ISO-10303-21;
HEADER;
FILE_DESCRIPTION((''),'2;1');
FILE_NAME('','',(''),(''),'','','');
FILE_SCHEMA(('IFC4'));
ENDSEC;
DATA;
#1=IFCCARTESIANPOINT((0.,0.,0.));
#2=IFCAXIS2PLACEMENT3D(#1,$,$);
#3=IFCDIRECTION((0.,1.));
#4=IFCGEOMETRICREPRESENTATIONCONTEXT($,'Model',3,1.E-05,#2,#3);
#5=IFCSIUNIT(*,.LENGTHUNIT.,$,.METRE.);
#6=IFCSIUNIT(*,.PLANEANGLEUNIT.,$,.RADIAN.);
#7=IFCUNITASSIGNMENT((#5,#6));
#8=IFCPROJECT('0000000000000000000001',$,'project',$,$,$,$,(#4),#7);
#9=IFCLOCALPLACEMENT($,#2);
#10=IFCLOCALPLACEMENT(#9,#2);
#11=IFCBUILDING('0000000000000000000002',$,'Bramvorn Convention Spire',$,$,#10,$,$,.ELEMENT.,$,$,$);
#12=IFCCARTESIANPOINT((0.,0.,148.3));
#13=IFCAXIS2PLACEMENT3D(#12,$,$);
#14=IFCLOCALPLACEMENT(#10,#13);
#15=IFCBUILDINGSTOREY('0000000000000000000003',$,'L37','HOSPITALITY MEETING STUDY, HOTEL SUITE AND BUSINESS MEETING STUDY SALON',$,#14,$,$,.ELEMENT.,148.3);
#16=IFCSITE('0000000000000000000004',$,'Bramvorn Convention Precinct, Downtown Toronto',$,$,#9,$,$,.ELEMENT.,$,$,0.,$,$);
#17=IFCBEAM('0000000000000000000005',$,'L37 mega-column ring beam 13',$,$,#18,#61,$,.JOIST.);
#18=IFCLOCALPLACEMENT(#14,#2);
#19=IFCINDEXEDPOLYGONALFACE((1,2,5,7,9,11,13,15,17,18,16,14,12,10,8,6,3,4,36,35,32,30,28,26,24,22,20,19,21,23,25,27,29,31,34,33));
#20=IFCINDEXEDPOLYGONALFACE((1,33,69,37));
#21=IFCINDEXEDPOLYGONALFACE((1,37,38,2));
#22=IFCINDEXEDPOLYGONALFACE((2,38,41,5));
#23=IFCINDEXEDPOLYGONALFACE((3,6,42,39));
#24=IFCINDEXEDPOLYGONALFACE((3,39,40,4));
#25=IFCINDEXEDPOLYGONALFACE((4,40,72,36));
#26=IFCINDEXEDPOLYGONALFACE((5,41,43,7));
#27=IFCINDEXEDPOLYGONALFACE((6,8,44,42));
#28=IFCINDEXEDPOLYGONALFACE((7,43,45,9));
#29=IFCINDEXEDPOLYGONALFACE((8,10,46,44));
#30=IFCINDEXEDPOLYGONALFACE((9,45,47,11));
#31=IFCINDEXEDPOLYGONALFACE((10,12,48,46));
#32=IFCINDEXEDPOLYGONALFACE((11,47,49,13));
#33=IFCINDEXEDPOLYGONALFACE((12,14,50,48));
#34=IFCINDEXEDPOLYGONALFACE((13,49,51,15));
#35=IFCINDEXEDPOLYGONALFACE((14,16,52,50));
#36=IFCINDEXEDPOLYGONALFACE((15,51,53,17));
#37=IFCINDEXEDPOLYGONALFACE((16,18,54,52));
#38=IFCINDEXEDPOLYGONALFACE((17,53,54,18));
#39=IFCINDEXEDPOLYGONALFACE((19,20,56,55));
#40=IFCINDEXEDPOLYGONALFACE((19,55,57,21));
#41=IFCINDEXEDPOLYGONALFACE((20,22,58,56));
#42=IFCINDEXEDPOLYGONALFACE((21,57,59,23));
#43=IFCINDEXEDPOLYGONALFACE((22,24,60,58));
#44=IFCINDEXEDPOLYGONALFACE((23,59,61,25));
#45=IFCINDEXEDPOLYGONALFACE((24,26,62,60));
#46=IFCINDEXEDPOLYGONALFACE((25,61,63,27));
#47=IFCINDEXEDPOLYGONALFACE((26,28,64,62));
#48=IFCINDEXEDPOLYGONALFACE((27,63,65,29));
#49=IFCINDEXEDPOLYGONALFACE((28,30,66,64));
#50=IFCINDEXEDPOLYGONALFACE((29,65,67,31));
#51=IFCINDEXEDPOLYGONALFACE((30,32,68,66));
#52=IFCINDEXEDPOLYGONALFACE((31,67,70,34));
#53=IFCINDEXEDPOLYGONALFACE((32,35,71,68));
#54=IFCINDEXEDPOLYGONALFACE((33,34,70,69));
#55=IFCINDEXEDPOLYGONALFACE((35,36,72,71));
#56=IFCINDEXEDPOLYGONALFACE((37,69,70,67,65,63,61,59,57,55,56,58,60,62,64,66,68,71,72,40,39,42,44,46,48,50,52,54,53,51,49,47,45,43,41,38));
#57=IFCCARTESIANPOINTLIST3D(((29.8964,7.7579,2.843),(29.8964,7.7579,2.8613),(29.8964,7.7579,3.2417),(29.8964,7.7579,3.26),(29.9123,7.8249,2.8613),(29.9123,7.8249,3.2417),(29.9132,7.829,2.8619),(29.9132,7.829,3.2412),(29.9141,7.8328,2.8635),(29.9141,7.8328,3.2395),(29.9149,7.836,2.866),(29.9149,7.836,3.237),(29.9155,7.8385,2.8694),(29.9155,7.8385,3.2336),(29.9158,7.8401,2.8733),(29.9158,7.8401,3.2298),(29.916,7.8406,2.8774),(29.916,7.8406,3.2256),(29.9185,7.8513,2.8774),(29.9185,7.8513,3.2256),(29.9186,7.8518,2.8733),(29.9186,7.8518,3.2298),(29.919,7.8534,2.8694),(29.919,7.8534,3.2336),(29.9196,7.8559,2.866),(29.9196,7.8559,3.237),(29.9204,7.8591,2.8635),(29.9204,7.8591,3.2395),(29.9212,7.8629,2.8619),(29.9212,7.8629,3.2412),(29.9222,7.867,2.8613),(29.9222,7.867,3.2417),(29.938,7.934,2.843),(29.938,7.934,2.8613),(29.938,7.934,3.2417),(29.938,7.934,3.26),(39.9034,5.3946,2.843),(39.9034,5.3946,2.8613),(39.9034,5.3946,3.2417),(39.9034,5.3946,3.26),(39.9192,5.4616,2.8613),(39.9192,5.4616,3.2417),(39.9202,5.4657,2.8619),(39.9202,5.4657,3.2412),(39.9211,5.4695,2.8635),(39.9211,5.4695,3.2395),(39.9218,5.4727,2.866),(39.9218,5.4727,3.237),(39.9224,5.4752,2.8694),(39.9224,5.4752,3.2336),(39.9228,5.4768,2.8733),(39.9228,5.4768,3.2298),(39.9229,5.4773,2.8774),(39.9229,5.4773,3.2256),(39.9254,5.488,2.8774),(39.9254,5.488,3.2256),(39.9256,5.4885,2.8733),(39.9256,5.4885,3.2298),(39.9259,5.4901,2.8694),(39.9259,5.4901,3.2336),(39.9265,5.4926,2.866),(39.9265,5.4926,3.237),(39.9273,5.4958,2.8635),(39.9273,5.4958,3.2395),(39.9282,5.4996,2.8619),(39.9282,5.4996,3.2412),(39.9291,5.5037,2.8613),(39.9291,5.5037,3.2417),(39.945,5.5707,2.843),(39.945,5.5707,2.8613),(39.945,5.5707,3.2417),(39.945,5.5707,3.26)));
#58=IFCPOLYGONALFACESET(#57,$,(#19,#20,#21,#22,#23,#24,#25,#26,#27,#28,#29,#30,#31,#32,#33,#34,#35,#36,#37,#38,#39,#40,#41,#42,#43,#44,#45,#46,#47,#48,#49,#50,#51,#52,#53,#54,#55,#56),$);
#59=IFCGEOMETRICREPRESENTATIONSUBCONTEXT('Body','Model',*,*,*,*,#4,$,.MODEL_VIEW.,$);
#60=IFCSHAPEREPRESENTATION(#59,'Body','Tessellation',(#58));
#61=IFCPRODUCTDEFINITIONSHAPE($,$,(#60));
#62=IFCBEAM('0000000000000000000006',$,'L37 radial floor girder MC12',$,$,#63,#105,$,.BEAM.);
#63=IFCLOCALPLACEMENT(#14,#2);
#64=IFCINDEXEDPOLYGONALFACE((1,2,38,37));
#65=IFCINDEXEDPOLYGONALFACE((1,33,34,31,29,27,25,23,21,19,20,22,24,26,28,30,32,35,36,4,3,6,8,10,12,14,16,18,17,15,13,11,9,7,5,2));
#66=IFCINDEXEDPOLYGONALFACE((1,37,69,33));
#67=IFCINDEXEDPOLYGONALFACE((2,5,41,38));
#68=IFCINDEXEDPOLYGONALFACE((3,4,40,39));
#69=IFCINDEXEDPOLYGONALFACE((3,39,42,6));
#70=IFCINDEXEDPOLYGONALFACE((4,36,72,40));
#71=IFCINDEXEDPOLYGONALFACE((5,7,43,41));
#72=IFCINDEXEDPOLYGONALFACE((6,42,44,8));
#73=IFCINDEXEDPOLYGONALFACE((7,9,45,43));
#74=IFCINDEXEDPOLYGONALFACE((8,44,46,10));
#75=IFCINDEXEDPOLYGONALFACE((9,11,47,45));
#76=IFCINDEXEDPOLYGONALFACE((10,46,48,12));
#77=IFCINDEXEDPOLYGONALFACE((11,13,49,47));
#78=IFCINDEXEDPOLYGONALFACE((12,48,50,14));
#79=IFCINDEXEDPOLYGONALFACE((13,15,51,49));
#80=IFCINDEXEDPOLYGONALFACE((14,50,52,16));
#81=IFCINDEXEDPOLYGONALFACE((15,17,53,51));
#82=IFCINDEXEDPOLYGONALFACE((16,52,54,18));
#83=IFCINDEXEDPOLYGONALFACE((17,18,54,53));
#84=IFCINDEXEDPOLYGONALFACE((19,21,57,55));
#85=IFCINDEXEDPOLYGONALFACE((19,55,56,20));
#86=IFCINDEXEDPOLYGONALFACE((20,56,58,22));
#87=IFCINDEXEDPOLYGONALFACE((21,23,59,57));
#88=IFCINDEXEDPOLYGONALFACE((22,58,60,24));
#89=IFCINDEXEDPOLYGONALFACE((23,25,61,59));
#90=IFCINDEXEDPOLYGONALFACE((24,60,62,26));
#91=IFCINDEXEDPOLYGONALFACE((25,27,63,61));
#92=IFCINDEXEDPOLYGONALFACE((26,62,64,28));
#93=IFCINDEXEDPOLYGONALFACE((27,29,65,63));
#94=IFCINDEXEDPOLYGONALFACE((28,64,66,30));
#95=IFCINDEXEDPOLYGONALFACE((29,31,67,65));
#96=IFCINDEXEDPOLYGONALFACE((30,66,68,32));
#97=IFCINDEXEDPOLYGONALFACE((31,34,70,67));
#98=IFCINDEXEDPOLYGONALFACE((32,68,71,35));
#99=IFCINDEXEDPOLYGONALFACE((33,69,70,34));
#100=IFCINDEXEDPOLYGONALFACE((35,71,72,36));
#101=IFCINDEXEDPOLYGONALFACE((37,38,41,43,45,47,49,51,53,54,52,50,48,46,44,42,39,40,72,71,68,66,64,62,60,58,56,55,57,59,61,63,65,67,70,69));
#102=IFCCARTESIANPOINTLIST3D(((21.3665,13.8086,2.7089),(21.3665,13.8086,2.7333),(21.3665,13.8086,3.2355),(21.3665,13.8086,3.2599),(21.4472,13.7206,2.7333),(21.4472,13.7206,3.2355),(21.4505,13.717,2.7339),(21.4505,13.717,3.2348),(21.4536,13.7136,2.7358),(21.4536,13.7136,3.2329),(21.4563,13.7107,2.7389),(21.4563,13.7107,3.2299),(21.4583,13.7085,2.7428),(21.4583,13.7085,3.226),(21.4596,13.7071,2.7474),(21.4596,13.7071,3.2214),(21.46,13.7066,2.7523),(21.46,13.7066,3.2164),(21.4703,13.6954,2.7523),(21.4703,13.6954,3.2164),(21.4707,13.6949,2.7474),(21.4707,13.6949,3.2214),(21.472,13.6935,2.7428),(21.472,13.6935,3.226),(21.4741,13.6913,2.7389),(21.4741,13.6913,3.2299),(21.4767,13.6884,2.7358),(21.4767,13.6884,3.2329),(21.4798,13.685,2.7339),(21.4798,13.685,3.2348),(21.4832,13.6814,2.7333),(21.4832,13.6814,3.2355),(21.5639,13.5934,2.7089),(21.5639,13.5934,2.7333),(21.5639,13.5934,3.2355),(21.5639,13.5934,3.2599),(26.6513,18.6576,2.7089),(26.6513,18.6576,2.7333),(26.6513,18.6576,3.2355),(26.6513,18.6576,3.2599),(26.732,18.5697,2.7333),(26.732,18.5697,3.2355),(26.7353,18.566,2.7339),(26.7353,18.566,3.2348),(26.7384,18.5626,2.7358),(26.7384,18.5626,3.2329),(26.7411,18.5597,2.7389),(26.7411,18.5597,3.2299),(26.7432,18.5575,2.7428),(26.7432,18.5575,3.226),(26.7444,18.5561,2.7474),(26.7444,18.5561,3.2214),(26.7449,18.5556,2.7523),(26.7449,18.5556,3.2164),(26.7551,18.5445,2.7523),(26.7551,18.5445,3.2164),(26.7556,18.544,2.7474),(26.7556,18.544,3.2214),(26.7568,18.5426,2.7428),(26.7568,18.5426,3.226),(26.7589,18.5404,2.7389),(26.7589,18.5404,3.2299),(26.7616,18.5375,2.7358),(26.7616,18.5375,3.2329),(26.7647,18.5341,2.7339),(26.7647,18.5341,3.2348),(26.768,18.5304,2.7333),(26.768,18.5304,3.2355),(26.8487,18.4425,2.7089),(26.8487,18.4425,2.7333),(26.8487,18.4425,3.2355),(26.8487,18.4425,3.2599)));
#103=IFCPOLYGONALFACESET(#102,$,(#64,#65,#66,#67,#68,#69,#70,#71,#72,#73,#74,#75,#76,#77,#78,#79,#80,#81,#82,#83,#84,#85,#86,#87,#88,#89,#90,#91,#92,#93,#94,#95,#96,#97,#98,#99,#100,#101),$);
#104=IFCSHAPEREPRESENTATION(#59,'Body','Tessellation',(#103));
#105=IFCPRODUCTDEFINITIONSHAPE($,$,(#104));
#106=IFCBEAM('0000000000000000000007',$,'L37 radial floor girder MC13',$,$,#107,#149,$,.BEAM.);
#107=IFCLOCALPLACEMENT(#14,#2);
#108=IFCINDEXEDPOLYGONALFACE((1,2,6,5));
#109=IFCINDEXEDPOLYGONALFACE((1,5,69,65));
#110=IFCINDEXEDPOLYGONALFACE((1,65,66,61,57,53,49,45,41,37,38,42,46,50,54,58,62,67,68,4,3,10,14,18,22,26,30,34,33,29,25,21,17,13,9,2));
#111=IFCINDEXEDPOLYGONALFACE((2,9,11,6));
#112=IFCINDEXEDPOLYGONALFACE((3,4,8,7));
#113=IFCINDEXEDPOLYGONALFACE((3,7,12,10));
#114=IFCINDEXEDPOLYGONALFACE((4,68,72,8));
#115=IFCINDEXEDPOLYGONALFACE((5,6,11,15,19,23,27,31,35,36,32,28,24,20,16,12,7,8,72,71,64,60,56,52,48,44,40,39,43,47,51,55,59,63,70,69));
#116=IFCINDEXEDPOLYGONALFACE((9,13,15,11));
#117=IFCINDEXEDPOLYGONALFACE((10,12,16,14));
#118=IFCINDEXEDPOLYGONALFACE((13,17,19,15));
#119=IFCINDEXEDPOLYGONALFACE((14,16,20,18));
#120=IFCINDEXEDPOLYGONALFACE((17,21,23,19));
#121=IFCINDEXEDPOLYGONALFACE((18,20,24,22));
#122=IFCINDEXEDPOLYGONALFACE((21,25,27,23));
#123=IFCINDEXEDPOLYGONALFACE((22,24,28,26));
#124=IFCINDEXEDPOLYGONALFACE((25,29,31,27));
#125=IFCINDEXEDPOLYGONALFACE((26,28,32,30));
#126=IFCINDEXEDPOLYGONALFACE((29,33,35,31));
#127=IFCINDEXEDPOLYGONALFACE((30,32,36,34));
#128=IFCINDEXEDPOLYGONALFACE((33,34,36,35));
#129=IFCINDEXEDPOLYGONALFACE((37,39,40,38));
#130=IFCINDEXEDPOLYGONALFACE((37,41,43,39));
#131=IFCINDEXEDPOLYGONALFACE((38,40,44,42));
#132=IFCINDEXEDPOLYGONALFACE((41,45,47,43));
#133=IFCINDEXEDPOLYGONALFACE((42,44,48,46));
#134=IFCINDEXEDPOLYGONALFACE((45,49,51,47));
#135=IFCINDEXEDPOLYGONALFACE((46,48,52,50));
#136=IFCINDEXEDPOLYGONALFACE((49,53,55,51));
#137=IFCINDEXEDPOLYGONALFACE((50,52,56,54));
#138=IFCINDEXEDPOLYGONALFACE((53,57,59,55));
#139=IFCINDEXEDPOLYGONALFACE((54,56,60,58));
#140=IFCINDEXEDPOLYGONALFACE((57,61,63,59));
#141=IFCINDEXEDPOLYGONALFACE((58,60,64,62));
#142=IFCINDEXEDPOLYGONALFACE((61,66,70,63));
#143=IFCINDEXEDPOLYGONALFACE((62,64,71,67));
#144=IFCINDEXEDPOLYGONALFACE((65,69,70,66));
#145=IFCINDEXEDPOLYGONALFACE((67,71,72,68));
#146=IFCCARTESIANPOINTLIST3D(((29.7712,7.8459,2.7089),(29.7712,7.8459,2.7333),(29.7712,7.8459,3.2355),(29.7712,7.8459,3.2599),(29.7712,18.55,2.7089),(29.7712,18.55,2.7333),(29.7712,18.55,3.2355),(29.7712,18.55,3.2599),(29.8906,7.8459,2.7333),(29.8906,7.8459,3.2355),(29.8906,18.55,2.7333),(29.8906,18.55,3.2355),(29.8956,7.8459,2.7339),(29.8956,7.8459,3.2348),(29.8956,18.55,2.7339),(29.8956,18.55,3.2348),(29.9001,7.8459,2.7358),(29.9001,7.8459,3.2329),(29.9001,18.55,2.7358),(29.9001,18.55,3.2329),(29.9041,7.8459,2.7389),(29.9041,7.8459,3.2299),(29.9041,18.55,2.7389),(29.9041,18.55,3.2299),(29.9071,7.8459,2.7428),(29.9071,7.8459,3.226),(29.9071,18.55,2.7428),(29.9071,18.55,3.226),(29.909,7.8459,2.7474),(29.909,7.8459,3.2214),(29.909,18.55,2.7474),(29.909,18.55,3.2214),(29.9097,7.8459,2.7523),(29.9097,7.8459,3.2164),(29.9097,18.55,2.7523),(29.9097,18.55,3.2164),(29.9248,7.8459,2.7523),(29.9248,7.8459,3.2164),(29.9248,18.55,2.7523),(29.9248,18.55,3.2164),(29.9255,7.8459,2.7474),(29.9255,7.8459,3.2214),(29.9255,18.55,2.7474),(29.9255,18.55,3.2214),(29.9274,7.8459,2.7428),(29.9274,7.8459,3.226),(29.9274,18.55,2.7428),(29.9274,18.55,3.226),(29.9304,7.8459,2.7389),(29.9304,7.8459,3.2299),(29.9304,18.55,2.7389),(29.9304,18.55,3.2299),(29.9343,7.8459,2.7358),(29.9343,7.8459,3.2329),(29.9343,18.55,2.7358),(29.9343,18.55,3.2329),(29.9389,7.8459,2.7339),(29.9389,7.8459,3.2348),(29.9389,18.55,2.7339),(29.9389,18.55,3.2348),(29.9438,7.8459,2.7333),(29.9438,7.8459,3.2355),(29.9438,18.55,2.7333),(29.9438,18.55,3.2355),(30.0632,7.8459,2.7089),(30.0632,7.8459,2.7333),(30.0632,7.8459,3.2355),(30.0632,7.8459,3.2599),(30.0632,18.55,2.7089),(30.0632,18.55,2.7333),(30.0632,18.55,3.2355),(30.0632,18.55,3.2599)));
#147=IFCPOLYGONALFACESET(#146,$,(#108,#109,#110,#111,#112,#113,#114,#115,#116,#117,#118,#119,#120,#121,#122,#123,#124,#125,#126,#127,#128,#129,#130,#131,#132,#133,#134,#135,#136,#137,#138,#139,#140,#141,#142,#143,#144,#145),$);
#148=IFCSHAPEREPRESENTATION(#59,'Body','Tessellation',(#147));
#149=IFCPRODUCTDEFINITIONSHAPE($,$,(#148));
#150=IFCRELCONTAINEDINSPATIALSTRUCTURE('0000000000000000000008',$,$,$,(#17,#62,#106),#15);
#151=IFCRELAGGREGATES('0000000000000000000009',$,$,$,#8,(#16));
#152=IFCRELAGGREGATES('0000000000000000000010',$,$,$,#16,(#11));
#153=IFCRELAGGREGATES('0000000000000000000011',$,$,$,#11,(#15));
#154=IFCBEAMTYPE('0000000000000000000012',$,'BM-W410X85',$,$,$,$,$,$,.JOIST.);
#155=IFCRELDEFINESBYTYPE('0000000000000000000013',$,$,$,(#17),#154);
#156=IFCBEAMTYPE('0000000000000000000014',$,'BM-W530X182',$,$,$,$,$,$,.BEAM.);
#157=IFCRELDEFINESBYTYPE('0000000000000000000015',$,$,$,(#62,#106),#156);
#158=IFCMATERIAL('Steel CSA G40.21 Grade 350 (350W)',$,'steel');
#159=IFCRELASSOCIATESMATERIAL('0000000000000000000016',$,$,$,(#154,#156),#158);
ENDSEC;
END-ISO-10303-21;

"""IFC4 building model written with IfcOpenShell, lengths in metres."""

from ifc_helpers import new_model, si_unit, direction, frame, origin, origin_2d, place, context, subcontext, project, spatial, i_section, extrude, material, material_profile, profile_set, type_object, element, save


model = new_model("IFC4")

# Units and contexts
model_context = context("Model", 3, precision=1e-05, world=origin(), true_north=direction((0.0, 1.0)))
body_context = subcontext(model_context, "Body", "Model", "MODEL_VIEW")
ifc_project = project(units=[si_unit("LENGTHUNIT", "METRE"), si_unit("PLANEANGLEUNIT", "RADIAN")], contexts=[model_context])

# Site, building, storey
site_placement = place(None, origin())
site = spatial("IfcSite", under=ifc_project, at=site_placement, Name="Bramvorn Convention Precinct, Downtown Toronto", CompositionType="ELEMENT", RefElevation=0.0)
building_placement = place(site_placement, origin())
building = spatial("IfcBuilding", under=site, at=building_placement, Name="Bramvorn Convention Spire", CompositionType="ELEMENT")
storey_placement = place(building_placement, frame((0.0, 0.0, 148.3)))
storey = spatial("IfcBuildingStorey", under=building, at=storey_placement, Name="L37", Description="HOSPITALITY MEETING STUDY, HOTEL SUITE AND BUSINESS MEETING STUDY SALON", CompositionType="ELEMENT", Elevation=148.3)

# Shared definitions
ifc_material_1 = material(Name="Steel CSA G40.21 Grade 350 (350W)", Category="steel")

# Beams
ifc_material_profile_1 = material_profile(ifc_material_1, i_section(OverallWidth=0.1809, OverallDepth=0.417, WebThickness=0.011, FlangeThickness=0.0183, FilletRadius=0.0161, at=origin_2d()))
ifc_profile_set_1 = profile_set([ifc_material_profile_1], Name="Steel CSA G40.21 Grade 350 (350W) - W410X85")
beam_type_1 = type_object("IfcBeamType", Name="BM-W410X85", PredefinedType="JOIST", material=ifc_profile_set_1)
beam_1_placement = place(storey_placement, frame((29.9172, 7.8459, 3.0515), z_axis=(0.973228, -0.229844, 0.0), x_axis=(0.229844, 0.973228, 0.0)))
element("IfcBeam", 1, at=beam_1_placement, inside=storey, type_object=beam_type_1, Name="L37 mega-column ring beam 13", PredefinedType="JOIST", context=body_context, shape_type="SweptSolid", body=[
    extrude(i_section(OverallWidth=0.1809, OverallDepth=0.417, WebThickness=0.011, FlangeThickness=0.0183, FilletRadius=0.0161, at=origin_2d()), origin(), (0.0, 0.0, 1.0), 10.2822),
])
ifc_material_profile_2 = material_profile(ifc_material_1, i_section(OverallWidth=0.292, OverallDepth=0.551, WebThickness=0.0151, FlangeThickness=0.0244, FilletRadius=0.019, at=origin_2d()))
ifc_profile_set_2 = profile_set([ifc_material_profile_2], Name="Steel CSA G40.21 Grade 350 (350W) - W530X182")
beam_type_2 = type_object("IfcBeamType", Name="BM-W530X182", PredefinedType="BEAM", material=ifc_profile_set_2)
beam_2_placement = place(storey_placement, frame((26.75, 18.55, 2.9844), z_axis=(-0.736833, -0.676074, 0.0), x_axis=(0.676074, -0.736833, 0.0)))
element("IfcBeam", 2, at=beam_2_placement, inside=storey, type_object=beam_type_2, Name="L37 radial floor girder MC12", PredefinedType="BEAM", context=body_context, shape_type="SweptSolid", body=[
    extrude(i_section(OverallWidth=0.292, OverallDepth=0.551, WebThickness=0.0151, FlangeThickness=0.0244, FilletRadius=0.019, at=origin_2d()), origin(), (0.0, 0.0, 1.0), 7.1724),
])
beam_3_placement = place(storey_placement, frame((29.9172, 18.55, 2.9844), z_axis=(0.0, -1.0, 0.0), x_axis=(1.0, 0.0, 0.0)))
element("IfcBeam", 3, at=beam_3_placement, inside=storey, type_object=beam_type_2, Name="L37 radial floor girder MC13", PredefinedType="BEAM", context=body_context, shape_type="SweptSolid", body=[
    extrude(i_section(OverallWidth=0.292, OverallDepth=0.551, WebThickness=0.0151, FlangeThickness=0.0244, FilletRadius=0.019, at=origin_2d()), origin(), (0.0, 0.0, 1.0), 10.7041),
])

save(model, "model.ifc")
